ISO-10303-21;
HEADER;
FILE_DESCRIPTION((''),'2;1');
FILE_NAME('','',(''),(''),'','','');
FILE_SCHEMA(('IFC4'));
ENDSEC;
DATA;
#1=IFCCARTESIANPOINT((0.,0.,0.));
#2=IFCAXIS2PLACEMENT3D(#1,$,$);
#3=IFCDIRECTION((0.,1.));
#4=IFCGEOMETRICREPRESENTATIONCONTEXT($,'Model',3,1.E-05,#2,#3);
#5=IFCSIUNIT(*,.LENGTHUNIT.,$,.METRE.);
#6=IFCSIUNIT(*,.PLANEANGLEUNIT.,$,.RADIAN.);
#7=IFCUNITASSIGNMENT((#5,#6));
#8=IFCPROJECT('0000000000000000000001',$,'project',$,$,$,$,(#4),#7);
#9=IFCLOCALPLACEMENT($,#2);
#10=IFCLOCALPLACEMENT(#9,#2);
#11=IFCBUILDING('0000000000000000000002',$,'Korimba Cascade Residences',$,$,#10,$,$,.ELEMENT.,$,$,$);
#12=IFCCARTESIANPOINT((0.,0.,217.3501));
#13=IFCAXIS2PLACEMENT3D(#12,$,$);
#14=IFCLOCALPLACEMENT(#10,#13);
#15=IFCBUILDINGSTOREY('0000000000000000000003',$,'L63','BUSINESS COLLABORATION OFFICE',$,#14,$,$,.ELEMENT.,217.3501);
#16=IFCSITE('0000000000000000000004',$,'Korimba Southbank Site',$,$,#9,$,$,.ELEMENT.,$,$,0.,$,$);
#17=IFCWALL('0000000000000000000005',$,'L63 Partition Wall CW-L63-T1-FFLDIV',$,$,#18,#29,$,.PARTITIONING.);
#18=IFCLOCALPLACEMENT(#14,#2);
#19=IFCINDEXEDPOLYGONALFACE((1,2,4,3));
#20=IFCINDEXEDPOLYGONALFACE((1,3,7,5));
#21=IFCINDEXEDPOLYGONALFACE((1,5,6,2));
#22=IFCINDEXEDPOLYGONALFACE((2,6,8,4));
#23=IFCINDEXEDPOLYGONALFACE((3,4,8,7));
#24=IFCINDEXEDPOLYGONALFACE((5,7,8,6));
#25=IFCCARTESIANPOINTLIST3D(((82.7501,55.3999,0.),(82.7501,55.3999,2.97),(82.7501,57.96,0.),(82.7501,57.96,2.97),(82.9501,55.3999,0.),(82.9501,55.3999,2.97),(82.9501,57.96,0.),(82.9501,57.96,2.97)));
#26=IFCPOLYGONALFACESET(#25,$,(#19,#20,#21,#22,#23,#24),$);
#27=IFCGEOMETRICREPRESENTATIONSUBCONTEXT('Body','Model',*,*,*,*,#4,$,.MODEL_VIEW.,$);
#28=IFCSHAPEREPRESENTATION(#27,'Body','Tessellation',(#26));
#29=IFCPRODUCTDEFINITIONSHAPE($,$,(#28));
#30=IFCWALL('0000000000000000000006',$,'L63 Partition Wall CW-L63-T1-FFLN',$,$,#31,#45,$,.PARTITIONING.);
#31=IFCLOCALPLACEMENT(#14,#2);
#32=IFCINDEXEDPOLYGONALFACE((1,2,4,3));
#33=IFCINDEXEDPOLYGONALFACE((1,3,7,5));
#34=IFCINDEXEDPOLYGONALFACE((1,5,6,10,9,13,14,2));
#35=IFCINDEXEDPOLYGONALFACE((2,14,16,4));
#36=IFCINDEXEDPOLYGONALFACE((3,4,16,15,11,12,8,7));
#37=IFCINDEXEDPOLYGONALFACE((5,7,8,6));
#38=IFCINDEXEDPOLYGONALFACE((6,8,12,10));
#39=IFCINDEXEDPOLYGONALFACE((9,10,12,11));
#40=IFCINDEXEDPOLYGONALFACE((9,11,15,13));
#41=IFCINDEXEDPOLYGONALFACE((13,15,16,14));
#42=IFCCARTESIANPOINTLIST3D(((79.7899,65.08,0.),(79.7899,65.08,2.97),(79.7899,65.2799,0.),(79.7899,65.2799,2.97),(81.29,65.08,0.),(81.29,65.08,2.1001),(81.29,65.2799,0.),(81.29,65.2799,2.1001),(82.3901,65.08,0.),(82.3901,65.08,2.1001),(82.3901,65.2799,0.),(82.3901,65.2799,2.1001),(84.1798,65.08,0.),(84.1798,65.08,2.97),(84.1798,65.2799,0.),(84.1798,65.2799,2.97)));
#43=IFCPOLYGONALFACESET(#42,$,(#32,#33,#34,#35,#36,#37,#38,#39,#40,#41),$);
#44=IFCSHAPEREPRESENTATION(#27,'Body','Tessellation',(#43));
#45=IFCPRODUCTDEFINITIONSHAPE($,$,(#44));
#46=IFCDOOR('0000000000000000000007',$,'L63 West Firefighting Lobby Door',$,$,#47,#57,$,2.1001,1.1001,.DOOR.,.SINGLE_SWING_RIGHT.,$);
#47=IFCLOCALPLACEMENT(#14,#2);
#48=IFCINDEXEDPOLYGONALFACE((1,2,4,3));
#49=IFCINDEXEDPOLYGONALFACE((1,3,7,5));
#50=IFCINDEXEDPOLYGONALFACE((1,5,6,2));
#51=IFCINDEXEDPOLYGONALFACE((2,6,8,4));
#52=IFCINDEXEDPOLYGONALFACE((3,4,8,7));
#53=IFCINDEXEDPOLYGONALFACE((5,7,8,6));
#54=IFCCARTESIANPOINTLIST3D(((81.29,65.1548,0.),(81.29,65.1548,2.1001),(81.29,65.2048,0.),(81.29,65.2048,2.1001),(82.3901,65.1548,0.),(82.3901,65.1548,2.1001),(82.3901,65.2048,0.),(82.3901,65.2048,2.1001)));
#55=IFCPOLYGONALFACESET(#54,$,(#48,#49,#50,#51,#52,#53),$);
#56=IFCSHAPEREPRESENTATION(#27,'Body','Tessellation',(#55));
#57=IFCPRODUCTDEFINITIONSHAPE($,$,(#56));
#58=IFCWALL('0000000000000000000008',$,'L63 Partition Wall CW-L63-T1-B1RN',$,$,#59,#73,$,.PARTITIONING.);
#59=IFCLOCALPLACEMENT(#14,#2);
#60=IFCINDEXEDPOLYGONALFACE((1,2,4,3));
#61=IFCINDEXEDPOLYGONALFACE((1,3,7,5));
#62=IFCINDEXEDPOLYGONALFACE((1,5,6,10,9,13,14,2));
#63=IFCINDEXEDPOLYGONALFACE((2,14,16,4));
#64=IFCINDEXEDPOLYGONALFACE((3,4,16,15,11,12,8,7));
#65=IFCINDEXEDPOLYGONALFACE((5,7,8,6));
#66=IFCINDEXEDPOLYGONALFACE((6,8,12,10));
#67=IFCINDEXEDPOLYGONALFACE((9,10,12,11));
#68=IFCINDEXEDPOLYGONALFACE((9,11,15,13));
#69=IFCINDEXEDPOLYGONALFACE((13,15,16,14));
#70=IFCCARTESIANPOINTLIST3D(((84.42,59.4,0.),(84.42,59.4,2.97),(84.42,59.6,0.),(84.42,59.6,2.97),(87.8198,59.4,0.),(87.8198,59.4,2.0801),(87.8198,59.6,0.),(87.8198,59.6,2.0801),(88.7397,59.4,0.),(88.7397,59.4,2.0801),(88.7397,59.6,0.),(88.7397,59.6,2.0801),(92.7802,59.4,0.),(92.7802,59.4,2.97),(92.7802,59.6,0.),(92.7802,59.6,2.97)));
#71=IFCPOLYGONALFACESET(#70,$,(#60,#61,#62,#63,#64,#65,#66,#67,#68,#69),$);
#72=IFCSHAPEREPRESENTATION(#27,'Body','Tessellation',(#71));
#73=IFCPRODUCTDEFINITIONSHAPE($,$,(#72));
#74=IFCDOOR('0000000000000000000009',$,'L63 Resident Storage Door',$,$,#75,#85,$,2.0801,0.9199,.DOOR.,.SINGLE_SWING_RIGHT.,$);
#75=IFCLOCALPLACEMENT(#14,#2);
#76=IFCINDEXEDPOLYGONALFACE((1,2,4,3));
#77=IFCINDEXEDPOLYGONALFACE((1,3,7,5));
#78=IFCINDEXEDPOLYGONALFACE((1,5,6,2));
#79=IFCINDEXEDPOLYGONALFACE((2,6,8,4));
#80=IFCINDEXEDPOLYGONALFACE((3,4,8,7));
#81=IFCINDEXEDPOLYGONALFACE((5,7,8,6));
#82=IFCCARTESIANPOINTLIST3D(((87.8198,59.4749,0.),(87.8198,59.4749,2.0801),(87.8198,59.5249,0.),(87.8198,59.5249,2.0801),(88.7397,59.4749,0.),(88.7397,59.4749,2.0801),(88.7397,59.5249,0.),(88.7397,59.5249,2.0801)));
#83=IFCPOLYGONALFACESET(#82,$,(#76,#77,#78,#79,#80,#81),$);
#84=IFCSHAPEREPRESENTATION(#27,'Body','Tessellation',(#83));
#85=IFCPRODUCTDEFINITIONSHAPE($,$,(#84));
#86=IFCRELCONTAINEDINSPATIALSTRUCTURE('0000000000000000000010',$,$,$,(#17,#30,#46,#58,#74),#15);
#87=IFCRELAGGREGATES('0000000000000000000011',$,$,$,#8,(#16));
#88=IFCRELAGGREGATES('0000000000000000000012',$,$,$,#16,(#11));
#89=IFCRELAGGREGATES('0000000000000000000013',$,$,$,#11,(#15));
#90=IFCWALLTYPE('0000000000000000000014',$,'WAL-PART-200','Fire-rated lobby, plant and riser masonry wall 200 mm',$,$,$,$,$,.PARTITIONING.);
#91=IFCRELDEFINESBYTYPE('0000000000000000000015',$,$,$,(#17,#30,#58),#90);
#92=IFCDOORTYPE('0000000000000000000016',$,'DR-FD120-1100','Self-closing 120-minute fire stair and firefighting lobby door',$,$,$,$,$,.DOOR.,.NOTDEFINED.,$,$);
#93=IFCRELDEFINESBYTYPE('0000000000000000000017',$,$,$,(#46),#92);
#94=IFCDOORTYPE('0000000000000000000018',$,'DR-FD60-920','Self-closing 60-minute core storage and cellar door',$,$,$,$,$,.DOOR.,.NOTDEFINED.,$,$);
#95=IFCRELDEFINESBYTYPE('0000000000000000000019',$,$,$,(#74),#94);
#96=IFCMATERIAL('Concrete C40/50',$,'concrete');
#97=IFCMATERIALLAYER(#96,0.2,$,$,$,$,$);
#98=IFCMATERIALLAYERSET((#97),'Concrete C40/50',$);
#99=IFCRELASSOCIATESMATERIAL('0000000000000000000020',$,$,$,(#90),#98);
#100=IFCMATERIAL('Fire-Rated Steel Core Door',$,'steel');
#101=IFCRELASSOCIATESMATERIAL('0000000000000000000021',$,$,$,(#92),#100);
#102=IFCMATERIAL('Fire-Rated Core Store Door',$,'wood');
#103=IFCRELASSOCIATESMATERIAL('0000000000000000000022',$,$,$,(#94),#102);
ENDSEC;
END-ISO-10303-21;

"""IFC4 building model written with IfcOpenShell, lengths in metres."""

from ifc_helpers import new_model, si_unit, direction, frame, frame_2d, origin, place, context, subcontext, project, spatial, rectangle, extrude, material, layer, layer_set, type_object, element, fill, save


model = new_model("IFC4")

# Units and contexts
model_context = context("Model", 3, precision=1e-05, world=origin(), true_north=direction((0.0, 1.0)))
body_context = subcontext(model_context, "Body", "Model", "MODEL_VIEW")
ifc_project = project(units=[si_unit("LENGTHUNIT", "METRE"), si_unit("PLANEANGLEUNIT", "RADIAN")], contexts=[model_context])

# Site, building, storey
site_placement = place(None, origin())
site = spatial("IfcSite", under=ifc_project, at=site_placement, Name="Korimba Southbank Site", CompositionType="ELEMENT", RefElevation=0.0)
building_placement = place(site_placement, origin())
building = spatial("IfcBuilding", under=site, at=building_placement, Name="Korimba Cascade Residences", CompositionType="ELEMENT")
storey_placement = place(building_placement, frame((0.0, 0.0, 217.3501)))
storey = spatial("IfcBuildingStorey", under=building, at=storey_placement, Name="L63", Description="BUSINESS COLLABORATION OFFICE", CompositionType="ELEMENT", Elevation=217.3501)

# Wall
ifc_material_1 = material(Name="Concrete C40/50", Category="concrete")
ifc_layer_1 = layer(ifc_material_1, 0.2)
ifc_layer_set_1 = layer_set([ifc_layer_1], Name="Concrete C40/50")
wall_type_1 = type_object("IfcWallType", Name="WAL-PART-200", Description="Fire-rated lobby, plant and riser masonry wall 200 mm", PredefinedType="PARTITIONING", material=ifc_layer_set_1)
wall_1_placement = place(storey_placement, frame((82.8501, 55.3999, 0.0), z_axis=(0.0, 0.0, 1.0), x_axis=(0.0, 1.0, 0.0)))
element("IfcWall", 1, at=wall_1_placement, inside=storey, type_object=wall_type_1, Name="L63 Partition Wall CW-L63-T1-FFLDIV", PredefinedType="PARTITIONING", context=body_context, shape_type="SweptSolid", body=[
    extrude(rectangle(XDim=2.5601, YDim=0.2, at=frame_2d((1.28, 0.0))), origin(), (0.0, 0.0, 1.0), 2.97),
])

# Walls, openings, doors
wall_2_placement = place(storey_placement, frame((79.79, 65.1799, 0.0), z_axis=(0.0, 0.0, 1.0), x_axis=(1.0, 0.0, 0.0)))
wall_2 = element("IfcWall", 2, at=wall_2_placement, inside=storey, type_object=wall_type_1, Name="L63 Partition Wall CW-L63-T1-FFLN", PredefinedType="PARTITIONING", context=body_context, shape_type="SweptSolid", body=[
    extrude(rectangle(XDim=4.3899, YDim=0.2, at=frame_2d((2.1948, 0.0))), origin(), (0.0, 0.0, 1.0), 2.97),
])
opening_1_placement = place(wall_2_placement, frame((1.5, 0.0, 0.0)))
opening_1 = element("IfcOpeningElement", 3, at=opening_1_placement, cuts=wall_2, PredefinedType="OPENING", context=body_context, shape_type="SweptSolid", body=[
    extrude(rectangle(XDim=1.1001, YDim=2.1001, at=frame_2d((0.55, 1.05))), frame((0.0, 0.1099, 0.0), z_axis=(0.0, -1.0, 0.0), x_axis=(1.0, 0.0, 0.0)), (0.0, 0.0, 1.0), 0.22),
])
ifc_material_2 = material(Name="Fire-Rated Steel Core Door", Category="steel")
door_type_1 = type_object("IfcDoorType", Name="DR-FD120-1100", Description="Self-closing 120-minute fire stair and firefighting lobby door", OperationType="NOTDEFINED", PredefinedType="DOOR", material=ifc_material_2)
door_1_placement = place(opening_1_placement, origin())
door_1 = element("IfcDoor", 4, at=door_1_placement, inside=storey, type_object=door_type_1, Name="L63 West Firefighting Lobby Door", OperationType="SINGLE_SWING_RIGHT", OverallHeight=2.1001, OverallWidth=1.1001, PredefinedType="DOOR", context=body_context, shape_type="SweptSolid", body=[
    extrude(rectangle(XDim=1.1001, YDim=2.1001, at=frame_2d((0.55, 1.05))), frame((0.0, 0.0249, 0.0), z_axis=(0.0, -1.0, 0.0), x_axis=(1.0, 0.0, 0.0)), (0.0, 0.0, 1.0), 0.05),
])
fill(opening_1, door_1)
wall_3_placement = place(storey_placement, frame((84.4199, 59.5, 0.0), z_axis=(0.0, 0.0, 1.0), x_axis=(1.0, 0.0, 0.0)))
wall_3 = element("IfcWall", 5, at=wall_3_placement, inside=storey, type_object=wall_type_1, Name="L63 Partition Wall CW-L63-T1-B1RN", PredefinedType="PARTITIONING", context=body_context, shape_type="SweptSolid", body=[
    extrude(rectangle(XDim=8.3601, YDim=0.2, at=frame_2d((4.1802, 0.0))), origin(), (0.0, 0.0, 1.0), 2.97),
])
opening_2_placement = place(wall_3_placement, frame((3.3999, 0.0, 0.0)))
opening_2 = element("IfcOpeningElement", 6, at=opening_2_placement, cuts=wall_3, PredefinedType="OPENING", context=body_context, shape_type="SweptSolid", body=[
    extrude(rectangle(XDim=0.9199, YDim=2.0801, at=frame_2d((0.46, 1.04))), frame((0.0, 0.1099, 0.0), z_axis=(0.0, -1.0, 0.0), x_axis=(1.0, 0.0, 0.0)), (0.0, 0.0, 1.0), 0.22),
])
ifc_material_3 = material(Name="Fire-Rated Core Store Door", Category="wood")
door_type_2 = type_object("IfcDoorType", Name="DR-FD60-920", Description="Self-closing 60-minute core storage and cellar door", OperationType="NOTDEFINED", PredefinedType="DOOR", material=ifc_material_3)
door_2_placement = place(opening_2_placement, origin())
door_2 = element("IfcDoor", 7, at=door_2_placement, inside=storey, type_object=door_type_2, Name="L63 Resident Storage Door", OperationType="SINGLE_SWING_RIGHT", OverallHeight=2.0801, OverallWidth=0.9199, PredefinedType="DOOR", context=body_context, shape_type="SweptSolid", body=[
    extrude(rectangle(XDim=0.9199, YDim=2.0801, at=frame_2d((0.46, 1.04))), frame((0.0, 0.0249, 0.0), z_axis=(0.0, -1.0, 0.0), x_axis=(1.0, 0.0, 0.0)), (0.0, 0.0, 1.0), 0.05),
])
fill(opening_2, door_2)

save(model, "model.ifc")
